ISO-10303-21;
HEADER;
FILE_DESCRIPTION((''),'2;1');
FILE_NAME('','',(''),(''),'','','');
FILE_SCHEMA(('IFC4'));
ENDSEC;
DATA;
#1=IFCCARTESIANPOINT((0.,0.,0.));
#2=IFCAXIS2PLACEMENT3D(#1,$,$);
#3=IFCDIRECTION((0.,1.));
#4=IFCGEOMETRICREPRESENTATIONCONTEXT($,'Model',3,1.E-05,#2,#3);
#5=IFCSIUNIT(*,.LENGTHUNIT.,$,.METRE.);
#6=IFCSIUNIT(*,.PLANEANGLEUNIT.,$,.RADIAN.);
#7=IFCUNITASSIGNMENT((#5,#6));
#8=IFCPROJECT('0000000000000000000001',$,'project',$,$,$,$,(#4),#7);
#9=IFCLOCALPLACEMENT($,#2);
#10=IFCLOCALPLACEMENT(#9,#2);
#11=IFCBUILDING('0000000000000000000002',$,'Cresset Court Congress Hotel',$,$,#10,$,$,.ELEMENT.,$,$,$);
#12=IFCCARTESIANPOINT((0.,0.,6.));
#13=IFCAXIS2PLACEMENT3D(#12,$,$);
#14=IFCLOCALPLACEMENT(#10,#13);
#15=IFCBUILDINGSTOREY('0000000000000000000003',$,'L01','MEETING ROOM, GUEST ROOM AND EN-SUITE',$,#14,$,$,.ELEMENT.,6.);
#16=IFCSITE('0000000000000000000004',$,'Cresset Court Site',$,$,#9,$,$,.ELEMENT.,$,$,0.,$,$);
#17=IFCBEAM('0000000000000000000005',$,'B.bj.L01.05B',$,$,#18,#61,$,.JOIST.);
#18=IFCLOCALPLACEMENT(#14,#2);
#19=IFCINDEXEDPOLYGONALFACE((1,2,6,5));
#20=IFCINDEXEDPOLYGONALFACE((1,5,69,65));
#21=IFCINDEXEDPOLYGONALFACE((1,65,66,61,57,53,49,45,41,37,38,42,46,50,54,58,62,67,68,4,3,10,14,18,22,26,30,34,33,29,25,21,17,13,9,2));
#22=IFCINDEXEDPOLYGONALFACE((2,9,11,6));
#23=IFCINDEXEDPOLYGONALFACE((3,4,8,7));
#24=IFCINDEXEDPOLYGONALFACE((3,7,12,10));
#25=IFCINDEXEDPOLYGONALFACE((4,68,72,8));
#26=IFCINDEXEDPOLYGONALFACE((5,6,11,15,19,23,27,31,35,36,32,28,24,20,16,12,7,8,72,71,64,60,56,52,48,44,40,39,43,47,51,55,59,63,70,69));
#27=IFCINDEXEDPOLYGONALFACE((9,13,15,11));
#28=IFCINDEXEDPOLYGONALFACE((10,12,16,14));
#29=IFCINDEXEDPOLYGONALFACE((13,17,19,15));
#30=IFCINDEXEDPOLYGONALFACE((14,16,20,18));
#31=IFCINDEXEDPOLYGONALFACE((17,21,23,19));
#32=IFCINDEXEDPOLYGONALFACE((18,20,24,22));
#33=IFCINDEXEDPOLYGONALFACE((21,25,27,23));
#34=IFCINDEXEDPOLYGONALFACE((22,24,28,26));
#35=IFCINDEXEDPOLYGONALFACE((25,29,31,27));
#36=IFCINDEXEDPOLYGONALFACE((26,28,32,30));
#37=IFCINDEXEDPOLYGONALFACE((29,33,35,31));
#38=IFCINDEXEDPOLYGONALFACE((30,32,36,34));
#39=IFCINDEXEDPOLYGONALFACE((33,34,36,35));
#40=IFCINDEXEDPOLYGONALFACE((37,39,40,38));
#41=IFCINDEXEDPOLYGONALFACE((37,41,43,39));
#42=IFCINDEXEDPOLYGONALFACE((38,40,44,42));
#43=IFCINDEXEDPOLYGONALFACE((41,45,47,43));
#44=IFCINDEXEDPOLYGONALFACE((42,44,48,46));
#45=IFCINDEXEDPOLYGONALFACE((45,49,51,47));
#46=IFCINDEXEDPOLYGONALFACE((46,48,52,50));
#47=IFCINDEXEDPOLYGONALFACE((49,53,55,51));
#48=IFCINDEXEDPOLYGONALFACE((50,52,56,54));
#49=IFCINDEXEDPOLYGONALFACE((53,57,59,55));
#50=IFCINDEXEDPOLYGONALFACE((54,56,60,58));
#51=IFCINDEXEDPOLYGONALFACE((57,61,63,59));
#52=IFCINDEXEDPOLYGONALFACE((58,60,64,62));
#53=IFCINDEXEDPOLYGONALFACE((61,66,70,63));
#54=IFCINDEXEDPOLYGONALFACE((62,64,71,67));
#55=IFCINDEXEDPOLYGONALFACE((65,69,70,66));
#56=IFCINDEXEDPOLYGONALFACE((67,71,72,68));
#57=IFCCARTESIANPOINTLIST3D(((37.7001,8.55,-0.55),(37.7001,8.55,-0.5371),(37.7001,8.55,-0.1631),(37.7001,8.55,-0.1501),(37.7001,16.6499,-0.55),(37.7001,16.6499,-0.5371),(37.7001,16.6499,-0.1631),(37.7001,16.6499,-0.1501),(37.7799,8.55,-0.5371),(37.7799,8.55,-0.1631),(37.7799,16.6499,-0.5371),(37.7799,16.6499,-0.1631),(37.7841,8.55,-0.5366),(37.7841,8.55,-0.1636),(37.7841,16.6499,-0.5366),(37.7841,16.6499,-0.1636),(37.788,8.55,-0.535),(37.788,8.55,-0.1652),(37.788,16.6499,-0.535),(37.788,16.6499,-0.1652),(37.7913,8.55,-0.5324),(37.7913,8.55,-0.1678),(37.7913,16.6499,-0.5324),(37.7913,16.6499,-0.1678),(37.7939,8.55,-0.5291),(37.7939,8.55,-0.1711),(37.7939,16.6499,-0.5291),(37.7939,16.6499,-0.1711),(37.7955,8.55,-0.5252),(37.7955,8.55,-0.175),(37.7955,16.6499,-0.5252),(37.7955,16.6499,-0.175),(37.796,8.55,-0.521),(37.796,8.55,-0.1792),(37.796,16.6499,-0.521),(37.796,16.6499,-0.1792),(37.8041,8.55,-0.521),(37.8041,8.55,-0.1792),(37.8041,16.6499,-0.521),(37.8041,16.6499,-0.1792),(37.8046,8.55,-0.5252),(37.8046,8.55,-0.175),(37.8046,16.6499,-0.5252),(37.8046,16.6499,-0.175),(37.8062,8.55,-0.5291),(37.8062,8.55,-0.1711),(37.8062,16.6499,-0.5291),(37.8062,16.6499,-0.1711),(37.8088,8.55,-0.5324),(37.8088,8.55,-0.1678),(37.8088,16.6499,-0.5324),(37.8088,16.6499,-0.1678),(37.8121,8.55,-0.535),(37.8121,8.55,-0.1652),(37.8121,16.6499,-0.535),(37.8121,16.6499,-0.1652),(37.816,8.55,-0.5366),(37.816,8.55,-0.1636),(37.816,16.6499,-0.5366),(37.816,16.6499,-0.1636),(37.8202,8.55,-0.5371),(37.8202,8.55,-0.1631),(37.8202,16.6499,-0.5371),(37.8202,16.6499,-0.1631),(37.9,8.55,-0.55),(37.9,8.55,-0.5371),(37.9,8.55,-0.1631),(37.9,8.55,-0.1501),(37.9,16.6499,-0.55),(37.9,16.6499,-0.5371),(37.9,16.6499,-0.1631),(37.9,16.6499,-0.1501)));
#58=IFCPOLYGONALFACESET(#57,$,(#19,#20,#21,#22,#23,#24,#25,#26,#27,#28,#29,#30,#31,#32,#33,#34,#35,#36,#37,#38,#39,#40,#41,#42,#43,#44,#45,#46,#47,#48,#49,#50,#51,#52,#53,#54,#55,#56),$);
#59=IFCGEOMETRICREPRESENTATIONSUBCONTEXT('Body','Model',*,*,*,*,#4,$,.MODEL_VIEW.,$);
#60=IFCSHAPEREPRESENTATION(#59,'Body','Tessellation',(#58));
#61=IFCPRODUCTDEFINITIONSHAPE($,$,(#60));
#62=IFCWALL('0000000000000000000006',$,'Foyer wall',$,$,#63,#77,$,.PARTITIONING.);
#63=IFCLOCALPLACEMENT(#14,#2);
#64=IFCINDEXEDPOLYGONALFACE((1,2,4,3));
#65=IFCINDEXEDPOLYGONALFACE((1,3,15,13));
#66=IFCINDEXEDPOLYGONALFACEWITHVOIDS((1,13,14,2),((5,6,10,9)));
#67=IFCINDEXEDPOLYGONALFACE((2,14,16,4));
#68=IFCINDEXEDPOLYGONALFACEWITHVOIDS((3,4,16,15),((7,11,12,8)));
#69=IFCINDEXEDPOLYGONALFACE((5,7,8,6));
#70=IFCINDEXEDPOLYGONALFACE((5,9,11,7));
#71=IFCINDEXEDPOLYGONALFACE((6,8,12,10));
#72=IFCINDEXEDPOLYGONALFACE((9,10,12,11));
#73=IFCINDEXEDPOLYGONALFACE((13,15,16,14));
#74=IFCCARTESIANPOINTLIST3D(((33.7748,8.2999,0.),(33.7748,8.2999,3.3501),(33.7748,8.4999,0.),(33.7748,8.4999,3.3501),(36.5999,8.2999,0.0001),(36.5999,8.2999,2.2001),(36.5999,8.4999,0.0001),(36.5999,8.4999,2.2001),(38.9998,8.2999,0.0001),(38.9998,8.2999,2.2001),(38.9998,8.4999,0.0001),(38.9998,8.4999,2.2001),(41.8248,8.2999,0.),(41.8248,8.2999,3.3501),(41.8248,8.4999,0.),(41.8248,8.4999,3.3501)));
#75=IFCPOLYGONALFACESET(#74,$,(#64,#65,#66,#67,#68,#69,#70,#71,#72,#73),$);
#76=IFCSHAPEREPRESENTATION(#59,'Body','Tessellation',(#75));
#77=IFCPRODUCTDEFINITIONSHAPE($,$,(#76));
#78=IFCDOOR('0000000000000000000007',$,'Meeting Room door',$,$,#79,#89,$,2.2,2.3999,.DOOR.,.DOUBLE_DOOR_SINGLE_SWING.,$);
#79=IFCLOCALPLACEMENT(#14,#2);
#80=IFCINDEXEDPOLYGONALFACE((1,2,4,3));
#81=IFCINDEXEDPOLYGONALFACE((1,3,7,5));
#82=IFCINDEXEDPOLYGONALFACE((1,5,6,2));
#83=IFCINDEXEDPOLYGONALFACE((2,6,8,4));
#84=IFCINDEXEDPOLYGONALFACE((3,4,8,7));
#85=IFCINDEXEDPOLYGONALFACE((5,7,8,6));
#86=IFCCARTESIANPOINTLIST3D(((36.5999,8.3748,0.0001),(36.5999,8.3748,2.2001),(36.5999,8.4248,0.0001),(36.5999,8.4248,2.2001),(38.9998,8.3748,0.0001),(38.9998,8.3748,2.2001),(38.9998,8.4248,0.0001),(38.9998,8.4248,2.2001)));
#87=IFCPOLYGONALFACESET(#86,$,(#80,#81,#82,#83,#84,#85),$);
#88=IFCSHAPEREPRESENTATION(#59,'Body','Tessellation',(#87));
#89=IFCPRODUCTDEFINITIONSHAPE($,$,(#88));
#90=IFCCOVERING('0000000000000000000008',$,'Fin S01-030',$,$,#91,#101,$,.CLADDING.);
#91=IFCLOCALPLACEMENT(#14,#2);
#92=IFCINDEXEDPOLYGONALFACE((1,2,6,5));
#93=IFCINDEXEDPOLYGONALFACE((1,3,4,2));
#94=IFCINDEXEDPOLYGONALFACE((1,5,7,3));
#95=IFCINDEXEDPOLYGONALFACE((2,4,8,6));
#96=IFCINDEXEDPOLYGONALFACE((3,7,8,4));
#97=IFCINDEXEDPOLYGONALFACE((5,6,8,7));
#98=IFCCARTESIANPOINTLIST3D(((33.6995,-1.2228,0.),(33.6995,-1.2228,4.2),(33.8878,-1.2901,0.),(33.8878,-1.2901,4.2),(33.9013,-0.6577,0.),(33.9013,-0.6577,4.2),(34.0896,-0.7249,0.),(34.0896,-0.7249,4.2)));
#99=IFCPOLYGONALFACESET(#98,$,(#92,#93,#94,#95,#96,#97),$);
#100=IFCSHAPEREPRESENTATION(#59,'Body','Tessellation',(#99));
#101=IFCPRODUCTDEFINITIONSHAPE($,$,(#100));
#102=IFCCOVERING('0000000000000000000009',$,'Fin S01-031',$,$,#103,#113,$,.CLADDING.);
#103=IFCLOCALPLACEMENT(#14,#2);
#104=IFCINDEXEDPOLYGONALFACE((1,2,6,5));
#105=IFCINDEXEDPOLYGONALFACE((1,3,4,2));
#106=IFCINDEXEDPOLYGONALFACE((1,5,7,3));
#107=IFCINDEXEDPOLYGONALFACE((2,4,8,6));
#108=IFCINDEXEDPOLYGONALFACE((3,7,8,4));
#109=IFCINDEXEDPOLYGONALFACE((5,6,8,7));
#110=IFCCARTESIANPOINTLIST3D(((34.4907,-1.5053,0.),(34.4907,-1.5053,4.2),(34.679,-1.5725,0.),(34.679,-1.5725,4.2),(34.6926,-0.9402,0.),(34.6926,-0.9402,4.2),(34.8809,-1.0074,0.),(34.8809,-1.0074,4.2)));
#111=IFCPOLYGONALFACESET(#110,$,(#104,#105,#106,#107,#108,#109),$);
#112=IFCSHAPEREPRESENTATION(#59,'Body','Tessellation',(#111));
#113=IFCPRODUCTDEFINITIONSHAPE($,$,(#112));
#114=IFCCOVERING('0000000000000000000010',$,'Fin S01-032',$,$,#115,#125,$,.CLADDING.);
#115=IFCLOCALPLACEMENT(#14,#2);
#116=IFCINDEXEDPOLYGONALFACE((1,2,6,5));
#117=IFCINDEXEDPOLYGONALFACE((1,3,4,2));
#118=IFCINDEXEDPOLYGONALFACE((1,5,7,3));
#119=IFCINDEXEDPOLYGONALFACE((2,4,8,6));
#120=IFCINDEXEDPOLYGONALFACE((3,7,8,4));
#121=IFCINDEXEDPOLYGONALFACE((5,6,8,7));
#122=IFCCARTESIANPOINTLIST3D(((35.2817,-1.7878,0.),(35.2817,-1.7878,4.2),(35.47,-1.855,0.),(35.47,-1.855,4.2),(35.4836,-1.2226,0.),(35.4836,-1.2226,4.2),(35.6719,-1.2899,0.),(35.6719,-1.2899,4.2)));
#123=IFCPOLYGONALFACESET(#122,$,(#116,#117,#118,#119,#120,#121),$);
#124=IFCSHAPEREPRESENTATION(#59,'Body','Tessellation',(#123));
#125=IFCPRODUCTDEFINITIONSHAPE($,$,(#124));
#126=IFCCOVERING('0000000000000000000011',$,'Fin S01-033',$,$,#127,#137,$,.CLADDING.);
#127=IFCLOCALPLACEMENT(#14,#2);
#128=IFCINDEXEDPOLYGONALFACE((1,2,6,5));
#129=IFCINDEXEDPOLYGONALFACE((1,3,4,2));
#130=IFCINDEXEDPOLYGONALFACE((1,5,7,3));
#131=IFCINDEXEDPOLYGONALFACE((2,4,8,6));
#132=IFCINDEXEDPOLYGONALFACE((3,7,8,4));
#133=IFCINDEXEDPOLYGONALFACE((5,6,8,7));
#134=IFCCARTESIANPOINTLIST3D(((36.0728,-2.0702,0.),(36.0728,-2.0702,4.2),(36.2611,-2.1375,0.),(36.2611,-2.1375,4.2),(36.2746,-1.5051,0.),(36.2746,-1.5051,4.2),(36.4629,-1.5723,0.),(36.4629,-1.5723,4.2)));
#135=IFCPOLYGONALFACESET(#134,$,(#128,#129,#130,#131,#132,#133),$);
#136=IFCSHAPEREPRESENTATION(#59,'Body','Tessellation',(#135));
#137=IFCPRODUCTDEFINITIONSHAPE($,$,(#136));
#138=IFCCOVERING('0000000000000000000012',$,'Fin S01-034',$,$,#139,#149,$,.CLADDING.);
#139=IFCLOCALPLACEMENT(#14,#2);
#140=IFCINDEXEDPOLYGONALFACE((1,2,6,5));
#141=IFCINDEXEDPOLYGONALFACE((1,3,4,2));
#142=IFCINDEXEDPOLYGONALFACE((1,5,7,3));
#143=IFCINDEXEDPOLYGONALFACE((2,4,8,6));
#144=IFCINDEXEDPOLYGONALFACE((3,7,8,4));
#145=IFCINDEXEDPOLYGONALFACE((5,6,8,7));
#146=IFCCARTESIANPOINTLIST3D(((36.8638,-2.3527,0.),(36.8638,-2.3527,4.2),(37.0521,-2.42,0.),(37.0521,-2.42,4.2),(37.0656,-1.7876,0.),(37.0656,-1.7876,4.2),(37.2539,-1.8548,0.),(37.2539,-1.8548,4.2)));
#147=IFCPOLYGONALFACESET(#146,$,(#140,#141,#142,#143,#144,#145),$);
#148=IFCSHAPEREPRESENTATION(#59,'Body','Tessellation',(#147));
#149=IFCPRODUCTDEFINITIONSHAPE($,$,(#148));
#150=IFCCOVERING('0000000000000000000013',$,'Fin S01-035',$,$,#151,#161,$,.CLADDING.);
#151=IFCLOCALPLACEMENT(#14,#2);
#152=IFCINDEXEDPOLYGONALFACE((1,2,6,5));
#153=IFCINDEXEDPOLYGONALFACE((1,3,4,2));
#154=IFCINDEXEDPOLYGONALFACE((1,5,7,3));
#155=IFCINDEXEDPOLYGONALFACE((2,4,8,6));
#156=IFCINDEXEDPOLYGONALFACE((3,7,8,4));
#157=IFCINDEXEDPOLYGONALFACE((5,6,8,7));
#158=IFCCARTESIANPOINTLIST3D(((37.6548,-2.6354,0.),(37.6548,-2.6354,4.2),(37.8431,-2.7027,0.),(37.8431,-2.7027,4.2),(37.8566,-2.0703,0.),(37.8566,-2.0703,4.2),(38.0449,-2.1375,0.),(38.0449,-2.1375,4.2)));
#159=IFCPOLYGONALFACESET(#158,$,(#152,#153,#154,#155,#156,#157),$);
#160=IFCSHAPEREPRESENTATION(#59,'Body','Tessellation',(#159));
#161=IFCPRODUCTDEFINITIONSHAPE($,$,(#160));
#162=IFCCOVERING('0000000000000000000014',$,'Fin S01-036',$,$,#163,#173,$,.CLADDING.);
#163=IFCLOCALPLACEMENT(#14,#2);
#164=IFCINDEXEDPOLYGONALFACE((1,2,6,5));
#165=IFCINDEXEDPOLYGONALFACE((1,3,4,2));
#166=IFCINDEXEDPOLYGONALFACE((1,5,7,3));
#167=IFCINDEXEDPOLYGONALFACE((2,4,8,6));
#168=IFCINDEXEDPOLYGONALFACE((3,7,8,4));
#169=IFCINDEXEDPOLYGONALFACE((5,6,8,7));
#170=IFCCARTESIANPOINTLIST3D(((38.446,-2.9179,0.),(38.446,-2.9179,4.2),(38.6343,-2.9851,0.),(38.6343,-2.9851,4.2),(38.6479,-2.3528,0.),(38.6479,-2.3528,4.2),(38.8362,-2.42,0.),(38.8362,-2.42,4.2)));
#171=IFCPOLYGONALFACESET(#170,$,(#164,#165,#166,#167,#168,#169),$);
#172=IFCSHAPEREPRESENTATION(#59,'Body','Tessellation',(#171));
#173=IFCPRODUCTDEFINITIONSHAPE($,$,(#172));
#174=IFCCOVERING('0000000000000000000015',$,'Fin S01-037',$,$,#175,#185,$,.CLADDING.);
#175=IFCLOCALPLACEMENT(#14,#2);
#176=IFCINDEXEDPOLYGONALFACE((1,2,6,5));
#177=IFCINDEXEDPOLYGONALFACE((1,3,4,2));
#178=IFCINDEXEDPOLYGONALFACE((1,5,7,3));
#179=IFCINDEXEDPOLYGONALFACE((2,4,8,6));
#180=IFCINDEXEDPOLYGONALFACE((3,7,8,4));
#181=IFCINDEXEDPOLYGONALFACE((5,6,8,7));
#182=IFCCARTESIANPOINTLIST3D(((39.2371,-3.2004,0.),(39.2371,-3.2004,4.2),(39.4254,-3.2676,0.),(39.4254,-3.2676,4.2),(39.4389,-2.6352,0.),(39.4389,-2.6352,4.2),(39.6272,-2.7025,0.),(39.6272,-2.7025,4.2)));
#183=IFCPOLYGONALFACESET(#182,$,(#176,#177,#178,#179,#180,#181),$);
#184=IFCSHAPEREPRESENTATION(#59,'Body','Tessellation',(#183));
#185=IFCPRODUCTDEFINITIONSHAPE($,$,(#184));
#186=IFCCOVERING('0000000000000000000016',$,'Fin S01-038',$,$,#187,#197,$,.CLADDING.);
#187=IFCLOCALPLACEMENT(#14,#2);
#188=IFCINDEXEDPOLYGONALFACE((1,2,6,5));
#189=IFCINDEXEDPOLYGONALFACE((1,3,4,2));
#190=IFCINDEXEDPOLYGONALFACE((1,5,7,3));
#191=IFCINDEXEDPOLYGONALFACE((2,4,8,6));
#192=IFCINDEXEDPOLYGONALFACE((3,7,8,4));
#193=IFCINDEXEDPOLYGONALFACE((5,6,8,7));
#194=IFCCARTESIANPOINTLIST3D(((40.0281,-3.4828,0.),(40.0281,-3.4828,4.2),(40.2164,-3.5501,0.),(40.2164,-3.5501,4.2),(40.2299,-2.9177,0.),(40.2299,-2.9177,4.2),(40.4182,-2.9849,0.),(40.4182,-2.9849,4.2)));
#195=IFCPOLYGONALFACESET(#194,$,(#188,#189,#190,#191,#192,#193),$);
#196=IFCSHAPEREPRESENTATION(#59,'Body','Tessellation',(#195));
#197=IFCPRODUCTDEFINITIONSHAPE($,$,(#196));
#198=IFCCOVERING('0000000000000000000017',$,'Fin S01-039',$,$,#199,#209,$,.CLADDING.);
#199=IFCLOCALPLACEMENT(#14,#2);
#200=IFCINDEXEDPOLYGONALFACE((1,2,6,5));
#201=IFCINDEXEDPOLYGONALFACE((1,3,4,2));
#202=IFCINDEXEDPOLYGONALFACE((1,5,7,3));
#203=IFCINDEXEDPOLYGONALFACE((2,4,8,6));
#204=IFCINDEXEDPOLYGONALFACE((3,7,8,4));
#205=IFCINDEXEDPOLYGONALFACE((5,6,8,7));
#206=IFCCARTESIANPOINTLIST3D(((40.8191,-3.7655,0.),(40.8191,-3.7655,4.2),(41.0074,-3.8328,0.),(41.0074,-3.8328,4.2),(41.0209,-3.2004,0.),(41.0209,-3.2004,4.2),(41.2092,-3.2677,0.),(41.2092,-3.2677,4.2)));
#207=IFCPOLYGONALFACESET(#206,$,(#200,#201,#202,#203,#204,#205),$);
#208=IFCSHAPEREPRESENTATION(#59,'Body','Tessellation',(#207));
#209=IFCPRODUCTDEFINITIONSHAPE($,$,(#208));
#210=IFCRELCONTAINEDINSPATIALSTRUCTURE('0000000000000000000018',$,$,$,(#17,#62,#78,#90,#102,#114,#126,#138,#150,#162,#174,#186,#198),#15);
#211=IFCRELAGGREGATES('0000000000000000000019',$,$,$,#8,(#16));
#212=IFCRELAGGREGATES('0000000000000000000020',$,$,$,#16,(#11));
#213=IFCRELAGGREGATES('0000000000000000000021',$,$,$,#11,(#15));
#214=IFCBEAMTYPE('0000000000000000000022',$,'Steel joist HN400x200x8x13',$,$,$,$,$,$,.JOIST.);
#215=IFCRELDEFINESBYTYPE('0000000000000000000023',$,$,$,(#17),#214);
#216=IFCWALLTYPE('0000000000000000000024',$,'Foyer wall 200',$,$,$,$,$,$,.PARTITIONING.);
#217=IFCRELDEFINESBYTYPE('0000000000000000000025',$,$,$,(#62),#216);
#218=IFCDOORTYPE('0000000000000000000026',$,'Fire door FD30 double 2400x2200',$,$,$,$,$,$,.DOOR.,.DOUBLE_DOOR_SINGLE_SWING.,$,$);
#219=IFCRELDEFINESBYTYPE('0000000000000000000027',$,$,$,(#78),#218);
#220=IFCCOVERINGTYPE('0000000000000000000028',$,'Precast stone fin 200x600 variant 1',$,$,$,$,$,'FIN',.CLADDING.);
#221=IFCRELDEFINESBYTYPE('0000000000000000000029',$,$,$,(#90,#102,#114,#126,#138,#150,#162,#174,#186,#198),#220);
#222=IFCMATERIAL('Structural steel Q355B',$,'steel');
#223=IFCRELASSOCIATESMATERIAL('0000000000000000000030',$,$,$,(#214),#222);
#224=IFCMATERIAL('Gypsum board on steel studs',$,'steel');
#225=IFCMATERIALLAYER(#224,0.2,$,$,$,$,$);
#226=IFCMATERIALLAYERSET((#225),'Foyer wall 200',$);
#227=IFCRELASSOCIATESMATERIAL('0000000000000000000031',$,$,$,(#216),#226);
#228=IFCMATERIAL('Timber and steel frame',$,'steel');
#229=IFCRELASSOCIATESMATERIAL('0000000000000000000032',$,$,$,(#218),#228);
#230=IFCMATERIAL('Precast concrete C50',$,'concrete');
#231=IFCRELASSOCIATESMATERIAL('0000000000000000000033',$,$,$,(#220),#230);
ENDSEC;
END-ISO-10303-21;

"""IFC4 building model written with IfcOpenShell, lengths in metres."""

from ifc_helpers import new_model, si_unit, direction, frame, frame_2d, origin, origin_2d, place, context, subcontext, project, spatial, rectangle, i_section, extrude, material, layer, layer_set, material_profile, profile_set, type_object, element, fill, save


model = new_model("IFC4")

# Units and contexts
model_context = context("Model", 3, precision=1e-05, world=origin(), true_north=direction((0.0, 1.0)))
body_context = subcontext(model_context, "Body", "Model", "MODEL_VIEW")
ifc_project = project(units=[si_unit("LENGTHUNIT", "METRE"), si_unit("PLANEANGLEUNIT", "RADIAN")], contexts=[model_context])

# Site, building, storey
site_placement = place(None, origin())
site = spatial("IfcSite", under=ifc_project, at=site_placement, Name="Cresset Court Site", CompositionType="ELEMENT", RefElevation=0.0)
building_placement = place(site_placement, origin())
building = spatial("IfcBuilding", under=site, at=building_placement, Name="Cresset Court Congress Hotel", CompositionType="ELEMENT")
storey_placement = place(building_placement, frame((0.0, 0.0, 6.0)))
storey = spatial("IfcBuildingStorey", under=building, at=storey_placement, Name="L01", Description="MEETING ROOM, GUEST ROOM AND EN-SUITE", CompositionType="ELEMENT", Elevation=6.0)

# Beam
ifc_material_1 = material(Name="Structural steel Q355B", Category="steel")
ifc_material_profile_1 = material_profile(ifc_material_1, i_section(OverallWidth=0.2, OverallDepth=0.3999, WebThickness=0.0081, FlangeThickness=0.0129, FilletRadius=0.0161, at=origin_2d()), Name="HN400x200x8x13")
ifc_profile_set_1 = profile_set([ifc_material_profile_1], Name="Structural steel Q355B")
beam_type_1 = type_object("IfcBeamType", Name="Steel joist HN400x200x8x13", PredefinedType="JOIST", material=ifc_profile_set_1)
beam_1_placement = place(storey_placement, frame((37.8, 8.55, -0.3501), z_axis=(0.0, 1.0, 0.0), x_axis=(-1.0, 0.0, 0.0)))
element("IfcBeam", 1, at=beam_1_placement, inside=storey, type_object=beam_type_1, Name="B.bj.L01.05B", PredefinedType="JOIST", context=body_context, shape_type="SweptSolid", body=[
    extrude(i_section(OverallWidth=0.2, OverallDepth=0.3999, WebThickness=0.0081, FlangeThickness=0.0129, FilletRadius=0.0161, at=origin_2d()), origin(), (0.0, 0.0, 1.0), 8.0999),
])

# Wall, opening, door
ifc_material_2 = material(Name="Gypsum board on steel studs", Category="steel")
ifc_layer_1 = layer(ifc_material_2, 0.2)
ifc_layer_set_1 = layer_set([ifc_layer_1], Name="Foyer wall 200")
wall_type = type_object("IfcWallType", Name="Foyer wall 200", PredefinedType="PARTITIONING", material=ifc_layer_set_1)
wall_placement = place(storey_placement, frame((33.7749, 8.3999, 0.0), z_axis=(0.0, 0.0, 1.0), x_axis=(1.0, 0.0, 0.0)))
wall = element("IfcWall", 2, at=wall_placement, inside=storey, type_object=wall_type, Name="Foyer wall", PredefinedType="PARTITIONING", context=body_context, shape_type="SweptSolid", body=[
    extrude(rectangle(XDim=8.05, YDim=0.2, at=frame_2d((4.0249, 0.0))), origin(), (0.0, 0.0, 1.0), 3.3501),
])
opening_placement = place(wall_placement, frame((2.825, 0.0, 0.0)))
opening = element("IfcOpeningElement", 3, at=opening_placement, cuts=wall, PredefinedType="OPENING", context=body_context, shape_type="SweptSolid", body=[
    extrude(rectangle(XDim=2.3999, YDim=2.2, at=frame_2d((1.2, 1.1001))), frame((0.0, 0.1099, 0.0), z_axis=(0.0, -1.0, 0.0), x_axis=(1.0, 0.0, 0.0)), (0.0, 0.0, 1.0), 0.22),
])
ifc_material_3 = material(Name="Timber and steel frame", Category="steel")
door_type = type_object("IfcDoorType", Name="Fire door FD30 double 2400x2200", OperationType="DOUBLE_DOOR_SINGLE_SWING", PredefinedType="DOOR", material=ifc_material_3)
door_placement = place(opening_placement, origin())
door = element("IfcDoor", 4, at=door_placement, inside=storey, type_object=door_type, Name="Meeting Room door", OperationType="DOUBLE_DOOR_SINGLE_SWING", OverallHeight=2.2, OverallWidth=2.3999, PredefinedType="DOOR", context=body_context, shape_type="SweptSolid", body=[
    extrude(rectangle(XDim=2.3999, YDim=2.2, at=frame_2d((1.2, 1.1001))), frame((0.0, 0.0249, 0.0), z_axis=(0.0, -1.0, 0.0), x_axis=(1.0, 0.0, 0.0)), (0.0, 0.0, 1.0), 0.05),
])
fill(opening, door)

# Coverings
ifc_material_4 = material(Name="Precast concrete C50", Category="concrete")
covering_type_1 = type_object("IfcCoveringType", Name="Precast stone fin 200x600 variant 1", ElementType="FIN", PredefinedType="CLADDING", material=ifc_material_4)
for number, where, z_axis, x_axis, name in (
    (5, (33.8945, -0.9739, 0.0), (0.0, 0.0, 1.0), (0.941742, -0.336336, 0.0), "Fin S01-030"),
    (6, (34.6858, -1.2563, 0.0), (0.0, 0.0, 1.0), (0.941742, -0.336336, 0.0), "Fin S01-031"),
    (7, (35.4768, -1.5388, 0.0), (0.0, 0.0, 1.0), (0.941742, -0.336336, 0.0), "Fin S01-032"),
    (8, (36.2678, -1.8213, 0.0), (0.0, 0.0, 1.0), (0.941742, -0.336336, 0.0), "Fin S01-033"),
    (9, (37.0588, -2.1038, 0.0), (0.0, 0.0, 1.0), (0.941742, -0.336336, 0.0), "Fin S01-034"),
    (10, (37.8499, -2.3865, 0.0), (0.0, 0.0, 1.0), (0.941742, -0.336336, 0.0), "Fin S01-035"),
    (11, (38.6411, -2.6689, 0.0), (0.0, 0.0, 1.0), (0.941742, -0.336336, 0.0), "Fin S01-036"),
    (12, (39.4321, -2.9514, 0.0), (0.0, 0.0, 1.0), (0.941742, -0.336336, 0.0), "Fin S01-037"),
    (13, (40.2231, -3.2339, 0.0), (0.0, 0.0, 1.0), (0.941742, -0.336336, 0.0), "Fin S01-038"),
    (14, (41.0142, -3.5166, 0.0), (0.0, 0.0, 1.0), (0.941742, -0.336336, 0.0), "Fin S01-039"),
):
    element("IfcCovering", number, at=place(storey_placement, frame(where, z_axis=z_axis, x_axis=x_axis)), inside=storey, type_object=covering_type_1, Name=name, PredefinedType="CLADDING", context=body_context, shape_type="SweptSolid", body=[
        extrude(rectangle(XDim=0.2, YDim=0.6001, at=origin_2d()), origin(), (0.0, 0.0, 1.0), 4.2),
    ])

save(model, "model.ifc")
